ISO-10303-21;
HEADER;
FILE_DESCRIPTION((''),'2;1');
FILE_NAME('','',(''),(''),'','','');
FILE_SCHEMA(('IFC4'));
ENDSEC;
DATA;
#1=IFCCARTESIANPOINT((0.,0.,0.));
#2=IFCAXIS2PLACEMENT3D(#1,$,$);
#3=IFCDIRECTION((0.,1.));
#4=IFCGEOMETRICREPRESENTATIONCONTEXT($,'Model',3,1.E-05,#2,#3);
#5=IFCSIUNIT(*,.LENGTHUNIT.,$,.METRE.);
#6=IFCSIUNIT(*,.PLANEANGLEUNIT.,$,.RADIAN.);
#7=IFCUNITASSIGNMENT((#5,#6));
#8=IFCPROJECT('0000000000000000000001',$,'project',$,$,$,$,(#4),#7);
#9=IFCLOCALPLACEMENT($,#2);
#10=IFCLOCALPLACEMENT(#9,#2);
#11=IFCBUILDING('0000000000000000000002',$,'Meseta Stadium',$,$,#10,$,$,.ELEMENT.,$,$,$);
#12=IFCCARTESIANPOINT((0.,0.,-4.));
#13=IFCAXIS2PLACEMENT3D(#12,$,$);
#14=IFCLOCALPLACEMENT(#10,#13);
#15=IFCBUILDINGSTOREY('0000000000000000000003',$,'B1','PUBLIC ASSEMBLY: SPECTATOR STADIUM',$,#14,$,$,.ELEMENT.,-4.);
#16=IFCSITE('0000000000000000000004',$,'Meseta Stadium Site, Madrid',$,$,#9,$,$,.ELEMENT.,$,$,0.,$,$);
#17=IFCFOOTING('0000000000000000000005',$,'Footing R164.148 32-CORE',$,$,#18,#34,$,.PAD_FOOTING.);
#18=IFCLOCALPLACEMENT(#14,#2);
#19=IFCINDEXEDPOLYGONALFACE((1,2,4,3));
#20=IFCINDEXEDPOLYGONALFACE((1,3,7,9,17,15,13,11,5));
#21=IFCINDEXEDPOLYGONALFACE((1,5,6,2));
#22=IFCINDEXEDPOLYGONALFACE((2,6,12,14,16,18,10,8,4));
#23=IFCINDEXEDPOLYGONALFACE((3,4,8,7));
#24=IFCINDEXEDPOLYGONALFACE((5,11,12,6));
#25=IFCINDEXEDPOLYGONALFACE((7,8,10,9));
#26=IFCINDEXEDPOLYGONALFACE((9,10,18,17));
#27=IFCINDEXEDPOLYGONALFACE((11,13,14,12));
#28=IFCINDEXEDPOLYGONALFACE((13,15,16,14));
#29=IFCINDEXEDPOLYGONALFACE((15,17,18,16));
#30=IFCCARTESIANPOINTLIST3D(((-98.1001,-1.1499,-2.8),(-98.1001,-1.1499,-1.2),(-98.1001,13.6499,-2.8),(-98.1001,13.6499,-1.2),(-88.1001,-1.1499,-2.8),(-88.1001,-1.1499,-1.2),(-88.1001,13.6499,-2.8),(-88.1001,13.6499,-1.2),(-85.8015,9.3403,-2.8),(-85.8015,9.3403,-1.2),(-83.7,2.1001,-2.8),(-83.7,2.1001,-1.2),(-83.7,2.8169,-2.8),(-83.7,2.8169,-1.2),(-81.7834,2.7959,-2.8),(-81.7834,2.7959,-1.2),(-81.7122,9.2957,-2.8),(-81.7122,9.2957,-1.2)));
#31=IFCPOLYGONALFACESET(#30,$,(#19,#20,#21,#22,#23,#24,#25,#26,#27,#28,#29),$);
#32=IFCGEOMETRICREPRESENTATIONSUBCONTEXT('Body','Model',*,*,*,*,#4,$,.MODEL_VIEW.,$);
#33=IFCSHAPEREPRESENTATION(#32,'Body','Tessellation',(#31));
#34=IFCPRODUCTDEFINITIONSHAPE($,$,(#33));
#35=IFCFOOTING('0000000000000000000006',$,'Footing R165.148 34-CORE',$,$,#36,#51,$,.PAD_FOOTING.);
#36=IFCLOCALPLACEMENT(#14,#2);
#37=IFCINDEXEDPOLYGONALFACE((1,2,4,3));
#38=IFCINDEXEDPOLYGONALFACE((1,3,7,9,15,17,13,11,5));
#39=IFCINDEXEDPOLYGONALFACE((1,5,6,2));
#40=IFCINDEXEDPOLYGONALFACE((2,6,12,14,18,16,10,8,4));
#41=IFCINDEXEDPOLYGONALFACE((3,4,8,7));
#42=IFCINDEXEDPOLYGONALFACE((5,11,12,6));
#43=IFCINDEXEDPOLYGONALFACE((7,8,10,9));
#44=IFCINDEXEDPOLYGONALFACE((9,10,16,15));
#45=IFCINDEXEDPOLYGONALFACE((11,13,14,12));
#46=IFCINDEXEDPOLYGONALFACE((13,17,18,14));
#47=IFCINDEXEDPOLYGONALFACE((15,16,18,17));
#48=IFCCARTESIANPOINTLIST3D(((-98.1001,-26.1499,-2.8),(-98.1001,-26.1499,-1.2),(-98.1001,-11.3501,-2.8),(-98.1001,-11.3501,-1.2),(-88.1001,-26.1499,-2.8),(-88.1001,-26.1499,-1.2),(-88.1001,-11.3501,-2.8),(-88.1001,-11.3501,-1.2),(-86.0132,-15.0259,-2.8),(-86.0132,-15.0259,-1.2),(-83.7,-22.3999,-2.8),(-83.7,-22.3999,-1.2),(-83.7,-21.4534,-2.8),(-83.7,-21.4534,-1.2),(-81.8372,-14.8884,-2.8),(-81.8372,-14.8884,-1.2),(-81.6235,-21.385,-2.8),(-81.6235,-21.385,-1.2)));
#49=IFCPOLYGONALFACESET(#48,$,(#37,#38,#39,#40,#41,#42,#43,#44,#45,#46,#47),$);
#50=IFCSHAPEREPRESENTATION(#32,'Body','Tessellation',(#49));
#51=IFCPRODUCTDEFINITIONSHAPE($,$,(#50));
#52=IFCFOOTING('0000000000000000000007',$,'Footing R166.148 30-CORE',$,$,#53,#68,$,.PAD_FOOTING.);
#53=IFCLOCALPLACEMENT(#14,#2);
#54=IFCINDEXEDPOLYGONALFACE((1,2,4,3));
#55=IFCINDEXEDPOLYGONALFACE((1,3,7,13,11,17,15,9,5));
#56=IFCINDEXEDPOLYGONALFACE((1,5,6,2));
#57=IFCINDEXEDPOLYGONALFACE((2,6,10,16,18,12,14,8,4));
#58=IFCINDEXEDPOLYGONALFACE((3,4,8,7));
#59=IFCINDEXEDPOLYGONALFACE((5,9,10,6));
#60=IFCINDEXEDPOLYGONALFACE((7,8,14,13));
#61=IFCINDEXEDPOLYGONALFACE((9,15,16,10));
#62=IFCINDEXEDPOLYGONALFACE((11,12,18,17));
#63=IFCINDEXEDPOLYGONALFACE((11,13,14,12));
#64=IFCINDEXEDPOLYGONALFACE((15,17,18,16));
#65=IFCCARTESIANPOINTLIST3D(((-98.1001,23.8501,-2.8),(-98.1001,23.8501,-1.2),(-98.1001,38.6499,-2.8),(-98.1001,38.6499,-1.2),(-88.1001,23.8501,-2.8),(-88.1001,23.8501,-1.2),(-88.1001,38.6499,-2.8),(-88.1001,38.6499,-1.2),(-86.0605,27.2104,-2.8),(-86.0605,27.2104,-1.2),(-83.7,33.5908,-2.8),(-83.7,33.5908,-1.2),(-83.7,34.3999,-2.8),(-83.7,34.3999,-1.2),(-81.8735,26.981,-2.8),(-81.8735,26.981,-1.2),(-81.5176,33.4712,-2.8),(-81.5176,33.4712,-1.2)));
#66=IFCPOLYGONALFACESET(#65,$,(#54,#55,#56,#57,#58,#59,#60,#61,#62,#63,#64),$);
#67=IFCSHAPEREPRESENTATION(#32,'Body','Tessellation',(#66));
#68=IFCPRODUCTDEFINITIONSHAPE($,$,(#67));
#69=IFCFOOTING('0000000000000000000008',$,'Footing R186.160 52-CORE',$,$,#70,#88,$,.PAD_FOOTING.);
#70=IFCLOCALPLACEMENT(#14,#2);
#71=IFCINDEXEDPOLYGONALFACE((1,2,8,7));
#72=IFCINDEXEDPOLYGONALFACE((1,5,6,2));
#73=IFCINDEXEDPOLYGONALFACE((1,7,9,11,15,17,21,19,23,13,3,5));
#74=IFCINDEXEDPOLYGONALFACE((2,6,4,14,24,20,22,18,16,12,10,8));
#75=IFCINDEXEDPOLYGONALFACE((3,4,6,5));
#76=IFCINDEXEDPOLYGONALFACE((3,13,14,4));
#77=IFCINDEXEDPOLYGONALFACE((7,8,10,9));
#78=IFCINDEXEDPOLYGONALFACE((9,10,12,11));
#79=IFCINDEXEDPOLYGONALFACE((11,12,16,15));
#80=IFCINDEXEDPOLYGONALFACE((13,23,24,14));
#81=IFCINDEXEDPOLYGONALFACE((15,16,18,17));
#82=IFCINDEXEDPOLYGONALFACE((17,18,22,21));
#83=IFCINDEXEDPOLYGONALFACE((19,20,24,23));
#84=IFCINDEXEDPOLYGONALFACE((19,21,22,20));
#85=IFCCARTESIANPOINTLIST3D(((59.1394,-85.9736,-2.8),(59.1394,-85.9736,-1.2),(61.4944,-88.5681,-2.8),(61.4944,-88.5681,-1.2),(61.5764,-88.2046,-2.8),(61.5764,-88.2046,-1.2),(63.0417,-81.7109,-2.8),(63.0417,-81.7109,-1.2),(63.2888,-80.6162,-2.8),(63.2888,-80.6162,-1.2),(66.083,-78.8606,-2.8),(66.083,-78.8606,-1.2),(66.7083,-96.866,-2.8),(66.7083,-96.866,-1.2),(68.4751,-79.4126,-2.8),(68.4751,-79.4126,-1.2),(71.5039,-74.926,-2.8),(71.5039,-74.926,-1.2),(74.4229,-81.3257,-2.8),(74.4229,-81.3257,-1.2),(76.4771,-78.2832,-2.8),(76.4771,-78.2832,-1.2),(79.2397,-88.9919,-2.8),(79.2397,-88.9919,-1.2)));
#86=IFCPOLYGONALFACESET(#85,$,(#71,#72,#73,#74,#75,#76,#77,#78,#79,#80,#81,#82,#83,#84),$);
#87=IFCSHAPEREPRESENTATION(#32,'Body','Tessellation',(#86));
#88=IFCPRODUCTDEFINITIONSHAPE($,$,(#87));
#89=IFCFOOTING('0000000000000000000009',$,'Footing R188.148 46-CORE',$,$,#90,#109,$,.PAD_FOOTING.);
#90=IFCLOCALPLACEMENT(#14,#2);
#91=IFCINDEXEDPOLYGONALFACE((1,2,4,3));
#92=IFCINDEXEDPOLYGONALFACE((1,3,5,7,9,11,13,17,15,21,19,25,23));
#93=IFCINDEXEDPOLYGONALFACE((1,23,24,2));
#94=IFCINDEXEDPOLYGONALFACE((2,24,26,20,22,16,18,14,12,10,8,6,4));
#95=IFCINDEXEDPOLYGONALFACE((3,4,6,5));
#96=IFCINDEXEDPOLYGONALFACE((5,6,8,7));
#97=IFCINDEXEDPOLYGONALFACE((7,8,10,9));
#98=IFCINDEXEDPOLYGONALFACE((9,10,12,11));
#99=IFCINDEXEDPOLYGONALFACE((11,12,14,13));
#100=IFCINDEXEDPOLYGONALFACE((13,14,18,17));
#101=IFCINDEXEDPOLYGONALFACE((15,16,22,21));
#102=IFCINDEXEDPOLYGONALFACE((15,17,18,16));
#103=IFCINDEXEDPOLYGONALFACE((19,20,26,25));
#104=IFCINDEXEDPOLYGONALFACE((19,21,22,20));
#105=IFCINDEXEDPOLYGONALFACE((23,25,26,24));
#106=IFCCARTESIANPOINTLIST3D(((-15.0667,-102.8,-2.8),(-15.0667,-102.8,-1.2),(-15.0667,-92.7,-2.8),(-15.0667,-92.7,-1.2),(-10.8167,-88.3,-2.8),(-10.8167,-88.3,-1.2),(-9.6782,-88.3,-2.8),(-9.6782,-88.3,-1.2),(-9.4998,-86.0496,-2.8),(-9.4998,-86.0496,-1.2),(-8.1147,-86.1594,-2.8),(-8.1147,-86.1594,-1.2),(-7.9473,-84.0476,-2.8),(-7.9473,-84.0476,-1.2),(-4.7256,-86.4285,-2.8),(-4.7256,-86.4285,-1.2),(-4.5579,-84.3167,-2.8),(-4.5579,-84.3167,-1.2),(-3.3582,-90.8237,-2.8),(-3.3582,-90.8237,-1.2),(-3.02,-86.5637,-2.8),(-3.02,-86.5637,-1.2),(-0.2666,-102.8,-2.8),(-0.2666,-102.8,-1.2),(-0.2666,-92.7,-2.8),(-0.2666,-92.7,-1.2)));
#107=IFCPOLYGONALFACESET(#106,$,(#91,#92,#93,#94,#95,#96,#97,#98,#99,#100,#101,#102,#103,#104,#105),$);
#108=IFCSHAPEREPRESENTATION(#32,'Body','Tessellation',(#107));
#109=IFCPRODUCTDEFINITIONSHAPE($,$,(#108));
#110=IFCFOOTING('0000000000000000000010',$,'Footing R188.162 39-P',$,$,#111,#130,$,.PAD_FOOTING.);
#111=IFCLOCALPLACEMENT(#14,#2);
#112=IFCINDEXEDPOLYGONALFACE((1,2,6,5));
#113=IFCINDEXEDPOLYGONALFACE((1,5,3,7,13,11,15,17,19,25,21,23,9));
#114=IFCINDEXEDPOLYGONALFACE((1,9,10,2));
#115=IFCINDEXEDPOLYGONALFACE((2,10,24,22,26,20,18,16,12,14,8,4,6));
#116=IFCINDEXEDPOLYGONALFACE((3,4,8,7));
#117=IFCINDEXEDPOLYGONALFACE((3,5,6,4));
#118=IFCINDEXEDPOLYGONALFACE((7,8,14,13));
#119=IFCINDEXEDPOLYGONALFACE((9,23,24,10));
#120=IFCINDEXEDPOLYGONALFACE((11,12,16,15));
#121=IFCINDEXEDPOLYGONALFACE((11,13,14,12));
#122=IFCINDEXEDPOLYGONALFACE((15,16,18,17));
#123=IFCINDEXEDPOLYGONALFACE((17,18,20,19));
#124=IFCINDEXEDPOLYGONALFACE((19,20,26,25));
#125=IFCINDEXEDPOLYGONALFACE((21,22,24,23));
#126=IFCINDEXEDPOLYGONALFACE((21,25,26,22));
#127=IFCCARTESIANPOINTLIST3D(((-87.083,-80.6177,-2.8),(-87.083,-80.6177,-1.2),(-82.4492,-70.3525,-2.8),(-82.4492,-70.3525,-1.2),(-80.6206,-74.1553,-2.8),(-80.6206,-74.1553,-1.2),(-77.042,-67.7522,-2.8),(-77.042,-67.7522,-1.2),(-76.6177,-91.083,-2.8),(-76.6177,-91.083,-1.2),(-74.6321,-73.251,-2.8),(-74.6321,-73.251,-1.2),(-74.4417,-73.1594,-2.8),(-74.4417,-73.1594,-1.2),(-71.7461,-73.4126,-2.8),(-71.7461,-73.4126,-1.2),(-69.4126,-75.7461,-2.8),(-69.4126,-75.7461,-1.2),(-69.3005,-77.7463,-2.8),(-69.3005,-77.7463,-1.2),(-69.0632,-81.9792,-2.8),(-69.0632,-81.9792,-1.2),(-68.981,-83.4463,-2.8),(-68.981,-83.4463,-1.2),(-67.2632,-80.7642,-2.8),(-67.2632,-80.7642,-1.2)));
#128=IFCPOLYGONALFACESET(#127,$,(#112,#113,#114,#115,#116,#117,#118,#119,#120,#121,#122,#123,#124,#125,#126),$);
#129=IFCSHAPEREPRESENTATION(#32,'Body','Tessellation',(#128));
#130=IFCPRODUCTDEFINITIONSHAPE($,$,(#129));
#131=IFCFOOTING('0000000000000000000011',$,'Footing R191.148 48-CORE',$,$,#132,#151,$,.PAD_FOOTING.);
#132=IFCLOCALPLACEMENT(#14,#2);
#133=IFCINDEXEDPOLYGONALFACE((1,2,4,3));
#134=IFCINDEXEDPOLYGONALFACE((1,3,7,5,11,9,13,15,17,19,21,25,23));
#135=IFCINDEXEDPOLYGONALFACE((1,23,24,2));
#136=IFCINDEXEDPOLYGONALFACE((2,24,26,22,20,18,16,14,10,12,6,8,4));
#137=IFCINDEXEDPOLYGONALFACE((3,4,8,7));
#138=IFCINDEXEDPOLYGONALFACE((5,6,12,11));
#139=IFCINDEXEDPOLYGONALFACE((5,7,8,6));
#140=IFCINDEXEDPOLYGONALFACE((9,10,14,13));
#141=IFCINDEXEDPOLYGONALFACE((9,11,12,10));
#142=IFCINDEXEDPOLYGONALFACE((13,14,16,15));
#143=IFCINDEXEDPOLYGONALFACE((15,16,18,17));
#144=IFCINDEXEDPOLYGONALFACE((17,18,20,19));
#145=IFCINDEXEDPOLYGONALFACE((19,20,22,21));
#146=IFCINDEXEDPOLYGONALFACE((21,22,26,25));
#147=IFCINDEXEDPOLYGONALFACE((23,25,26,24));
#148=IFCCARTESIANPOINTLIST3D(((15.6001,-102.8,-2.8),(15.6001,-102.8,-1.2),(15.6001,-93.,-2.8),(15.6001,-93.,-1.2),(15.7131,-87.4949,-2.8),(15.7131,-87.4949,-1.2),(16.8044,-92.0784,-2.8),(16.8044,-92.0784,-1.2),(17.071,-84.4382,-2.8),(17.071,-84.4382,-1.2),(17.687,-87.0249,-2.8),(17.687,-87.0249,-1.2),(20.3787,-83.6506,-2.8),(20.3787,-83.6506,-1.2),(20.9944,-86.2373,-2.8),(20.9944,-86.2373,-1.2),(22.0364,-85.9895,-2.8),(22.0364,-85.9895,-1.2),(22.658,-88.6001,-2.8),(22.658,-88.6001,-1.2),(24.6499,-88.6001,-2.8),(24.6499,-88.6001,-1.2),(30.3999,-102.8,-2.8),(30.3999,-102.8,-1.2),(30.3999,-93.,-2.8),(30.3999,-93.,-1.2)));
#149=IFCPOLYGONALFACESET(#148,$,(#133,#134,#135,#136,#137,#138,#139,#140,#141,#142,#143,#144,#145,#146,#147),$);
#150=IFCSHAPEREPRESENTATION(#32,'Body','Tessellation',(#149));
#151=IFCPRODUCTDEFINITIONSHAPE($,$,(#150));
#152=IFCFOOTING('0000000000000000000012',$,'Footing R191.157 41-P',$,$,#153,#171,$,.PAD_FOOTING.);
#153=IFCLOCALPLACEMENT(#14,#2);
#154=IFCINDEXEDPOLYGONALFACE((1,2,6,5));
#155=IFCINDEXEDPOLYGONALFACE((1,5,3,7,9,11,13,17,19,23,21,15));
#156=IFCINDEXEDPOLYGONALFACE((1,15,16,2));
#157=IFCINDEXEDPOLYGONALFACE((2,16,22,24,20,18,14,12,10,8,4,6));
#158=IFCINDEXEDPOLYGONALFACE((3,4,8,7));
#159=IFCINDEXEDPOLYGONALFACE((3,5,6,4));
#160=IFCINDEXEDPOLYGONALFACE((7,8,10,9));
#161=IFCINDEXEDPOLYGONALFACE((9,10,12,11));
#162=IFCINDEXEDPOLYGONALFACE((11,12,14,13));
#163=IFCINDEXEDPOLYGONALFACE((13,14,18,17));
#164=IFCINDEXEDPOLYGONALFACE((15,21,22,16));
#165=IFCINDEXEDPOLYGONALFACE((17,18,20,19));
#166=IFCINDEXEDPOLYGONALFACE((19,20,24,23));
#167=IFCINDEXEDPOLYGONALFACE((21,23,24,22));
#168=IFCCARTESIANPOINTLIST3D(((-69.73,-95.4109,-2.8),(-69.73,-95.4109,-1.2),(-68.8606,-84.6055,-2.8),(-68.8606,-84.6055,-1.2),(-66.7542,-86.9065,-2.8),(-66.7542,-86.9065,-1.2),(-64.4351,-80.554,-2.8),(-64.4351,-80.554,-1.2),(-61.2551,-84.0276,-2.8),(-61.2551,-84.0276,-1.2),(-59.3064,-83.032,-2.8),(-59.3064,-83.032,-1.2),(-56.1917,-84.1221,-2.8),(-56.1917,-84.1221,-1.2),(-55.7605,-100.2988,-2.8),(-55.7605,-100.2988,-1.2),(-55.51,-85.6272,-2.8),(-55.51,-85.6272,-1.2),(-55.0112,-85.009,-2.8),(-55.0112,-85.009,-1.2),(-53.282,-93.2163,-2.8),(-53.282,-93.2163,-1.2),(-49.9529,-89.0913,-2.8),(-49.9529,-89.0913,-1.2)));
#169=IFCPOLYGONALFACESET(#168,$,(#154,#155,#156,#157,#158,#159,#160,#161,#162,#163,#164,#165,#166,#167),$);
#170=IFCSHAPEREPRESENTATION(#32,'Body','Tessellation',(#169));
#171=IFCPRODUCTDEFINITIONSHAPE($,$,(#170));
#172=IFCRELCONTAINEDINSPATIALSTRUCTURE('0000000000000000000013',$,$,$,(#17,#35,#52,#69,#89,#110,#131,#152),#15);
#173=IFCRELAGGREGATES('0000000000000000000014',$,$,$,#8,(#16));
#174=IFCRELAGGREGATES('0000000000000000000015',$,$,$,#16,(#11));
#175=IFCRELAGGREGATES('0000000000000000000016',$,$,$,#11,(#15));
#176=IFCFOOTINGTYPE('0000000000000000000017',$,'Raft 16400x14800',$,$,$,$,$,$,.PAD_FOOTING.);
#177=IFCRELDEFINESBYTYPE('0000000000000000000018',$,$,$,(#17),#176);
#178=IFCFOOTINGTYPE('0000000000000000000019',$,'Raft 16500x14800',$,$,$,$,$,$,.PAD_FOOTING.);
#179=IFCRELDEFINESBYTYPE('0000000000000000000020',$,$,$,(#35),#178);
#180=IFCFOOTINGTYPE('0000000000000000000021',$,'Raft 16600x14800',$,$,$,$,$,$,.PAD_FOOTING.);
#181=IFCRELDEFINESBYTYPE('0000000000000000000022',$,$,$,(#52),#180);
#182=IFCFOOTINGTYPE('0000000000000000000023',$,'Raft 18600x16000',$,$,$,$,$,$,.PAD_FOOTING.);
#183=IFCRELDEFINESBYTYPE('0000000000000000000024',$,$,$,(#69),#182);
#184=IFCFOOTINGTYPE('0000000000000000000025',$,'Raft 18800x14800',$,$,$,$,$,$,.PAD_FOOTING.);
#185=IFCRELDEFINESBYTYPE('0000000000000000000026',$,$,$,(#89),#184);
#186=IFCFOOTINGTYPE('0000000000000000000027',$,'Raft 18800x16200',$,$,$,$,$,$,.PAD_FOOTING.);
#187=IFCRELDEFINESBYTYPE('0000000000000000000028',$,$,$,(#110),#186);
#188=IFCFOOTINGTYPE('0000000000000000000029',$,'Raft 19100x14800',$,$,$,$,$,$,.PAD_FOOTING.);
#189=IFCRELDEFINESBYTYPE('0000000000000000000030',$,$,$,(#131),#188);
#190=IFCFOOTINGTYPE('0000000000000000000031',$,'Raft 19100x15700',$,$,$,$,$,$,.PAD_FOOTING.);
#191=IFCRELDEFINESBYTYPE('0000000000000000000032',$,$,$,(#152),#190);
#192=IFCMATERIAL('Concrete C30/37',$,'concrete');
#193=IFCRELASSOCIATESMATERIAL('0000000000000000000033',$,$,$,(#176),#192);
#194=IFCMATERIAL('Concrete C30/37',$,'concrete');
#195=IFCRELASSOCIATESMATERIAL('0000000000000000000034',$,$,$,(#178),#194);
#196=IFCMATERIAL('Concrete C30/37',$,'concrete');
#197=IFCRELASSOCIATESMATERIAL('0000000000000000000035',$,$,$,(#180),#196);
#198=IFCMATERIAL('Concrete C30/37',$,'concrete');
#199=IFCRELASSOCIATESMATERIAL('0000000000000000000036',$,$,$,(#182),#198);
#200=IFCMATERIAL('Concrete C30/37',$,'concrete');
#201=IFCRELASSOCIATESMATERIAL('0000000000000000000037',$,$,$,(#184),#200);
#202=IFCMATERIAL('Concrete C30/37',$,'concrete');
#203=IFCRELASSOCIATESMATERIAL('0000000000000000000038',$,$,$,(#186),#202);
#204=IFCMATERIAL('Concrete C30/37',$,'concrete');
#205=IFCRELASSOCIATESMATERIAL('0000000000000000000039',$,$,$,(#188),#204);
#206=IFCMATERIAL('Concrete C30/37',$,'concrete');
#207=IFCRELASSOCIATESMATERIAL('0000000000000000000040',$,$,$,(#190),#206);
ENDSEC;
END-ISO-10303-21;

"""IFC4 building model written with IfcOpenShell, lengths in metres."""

from ifc_helpers import new_model, si_unit, direction, frame, origin, place, context, subcontext, project, spatial, polyline, outline, extrude, material, type_object, element, save


model = new_model("IFC4")

# Units and contexts
model_context = context("Model", 3, precision=1e-05, world=origin(), true_north=direction((0.0, 1.0)))
body_context = subcontext(model_context, "Body", "Model", "MODEL_VIEW")
ifc_project = project(units=[si_unit("LENGTHUNIT", "METRE"), si_unit("PLANEANGLEUNIT", "RADIAN")], contexts=[model_context])

# Site, building, storey
site_placement = place(None, origin())
site = spatial("IfcSite", under=ifc_project, at=site_placement, Name="Meseta Stadium Site, Madrid", CompositionType="ELEMENT", RefElevation=0.0)
building_placement = place(site_placement, origin())
building = spatial("IfcBuilding", under=site, at=building_placement, Name="Meseta Stadium", CompositionType="ELEMENT")
storey_placement = place(building_placement, frame((0.0, 0.0, -4.0)))
storey = spatial("IfcBuildingStorey", under=building, at=storey_placement, Name="B1", Description="PUBLIC ASSEMBLY: SPECTATOR STADIUM", CompositionType="ELEMENT", Elevation=-4.0)

# Footings
ifc_material_1 = material(Name="Concrete C30/37", Category="concrete")
footing_type_1 = type_object("IfcFootingType", Name="Raft 16400x14800", PredefinedType="PAD_FOOTING", material=ifc_material_1)
footing_1_placement = place(storey_placement, frame((0.0, 0.0, -2.8)))
element("IfcFooting", 1, at=footing_1_placement, inside=storey, type_object=footing_type_1, Name="Footing R164.148 32-CORE", PredefinedType="PAD_FOOTING", context=body_context, shape_type="SweptSolid", body=[
    extrude(outline(polyline([(-85.8015, 9.3403), (-88.1001, 13.6499), (-98.1001, 13.6499), (-98.1001, -1.1499), (-88.1001, -1.1499), (-83.7, 2.1001), (-83.7, 2.8169), (-81.7834, 2.7959), (-81.7122, 9.2957), (-85.8015, 9.3403)])), origin(), (0.0, 0.0, 1.0), 1.6001),
])
ifc_material_2 = material(Name="Concrete C30/37", Category="concrete")
footing_type_2 = type_object("IfcFootingType", Name="Raft 16500x14800", PredefinedType="PAD_FOOTING", material=ifc_material_2)
footing_2_placement = place(storey_placement, frame((0.0, 0.0, -2.8)))
element("IfcFooting", 2, at=footing_2_placement, inside=storey, type_object=footing_type_2, Name="Footing R165.148 34-CORE", PredefinedType="PAD_FOOTING", context=body_context, shape_type="SweptSolid", body=[
    extrude(outline(polyline([(-98.1001, -26.1499), (-88.1001, -26.1499), (-83.7, -22.3999), (-83.7, -21.4534), (-81.6235, -21.385), (-81.8372, -14.8884), (-86.0132, -15.0259), (-88.1001, -11.3501), (-98.1001, -11.3501), (-98.1001, -26.1499)])), origin(), (0.0, 0.0, 1.0), 1.6001),
])
ifc_material_3 = material(Name="Concrete C30/37", Category="concrete")
footing_type_3 = type_object("IfcFootingType", Name="Raft 16600x14800", PredefinedType="PAD_FOOTING", material=ifc_material_3)
footing_3_placement = place(storey_placement, frame((0.0, 0.0, -2.8)))
element("IfcFooting", 3, at=footing_3_placement, inside=storey, type_object=footing_type_3, Name="Footing R166.148 30-CORE", PredefinedType="PAD_FOOTING", context=body_context, shape_type="SweptSolid", body=[
    extrude(outline(polyline([(-83.7, 33.5908), (-83.7, 34.3999), (-88.1001, 38.6499), (-98.1001, 38.6499), (-98.1001, 23.8501), (-88.1001, 23.8501), (-86.0605, 27.2104), (-81.8735, 26.981), (-81.5176, 33.4712), (-83.7, 33.5908)])), origin(), (0.0, 0.0, 1.0), 1.6001),
])
ifc_material_4 = material(Name="Concrete C30/37", Category="concrete")
footing_type_4 = type_object("IfcFootingType", Name="Raft 18600x16000", PredefinedType="PAD_FOOTING", material=ifc_material_4)
footing_4_placement = place(storey_placement, frame((0.0, 0.0, -2.8)))
element("IfcFooting", 4, at=footing_4_placement, inside=storey, type_object=footing_type_4, Name="Footing R186.160 52-CORE", PredefinedType="PAD_FOOTING", context=body_context, shape_type="SweptSolid", body=[
    extrude(outline(polyline([(66.7083, -96.866), (79.2397, -88.9919), (74.4229, -81.3257), (76.4771, -78.2832), (71.5039, -74.926), (68.4751, -79.4126), (66.083, -78.8606), (63.2888, -80.6162), (63.0417, -81.7109), (59.1394, -85.9736), (61.5764, -88.2046), (61.4944, -88.5681), (66.7083, -96.866)])), origin(), (0.0, 0.0, 1.0), 1.6001),
])
ifc_material_5 = material(Name="Concrete C30/37", Category="concrete")
footing_type_5 = type_object("IfcFootingType", Name="Raft 18800x14800", PredefinedType="PAD_FOOTING", material=ifc_material_5)
footing_5_placement = place(storey_placement, frame((0.0, 0.0, -2.8)))
element("IfcFooting", 5, at=footing_5_placement, inside=storey, type_object=footing_type_5, Name="Footing R188.148 46-CORE", PredefinedType="PAD_FOOTING", context=body_context, shape_type="SweptSolid", body=[
    extrude(outline(polyline([(-15.0667, -102.8), (-0.2666, -102.8), (-0.2666, -92.7), (-3.3582, -90.8237), (-3.02, -86.5637), (-4.7256, -86.4285), (-4.5579, -84.3167), (-7.9473, -84.0476), (-8.1147, -86.1594), (-9.4998, -86.0496), (-9.6782, -88.3), (-10.8167, -88.3), (-15.0667, -92.7), (-15.0667, -102.8)])), origin(), (0.0, 0.0, 1.0), 1.6001),
])
ifc_material_6 = material(Name="Concrete C30/37", Category="concrete")
footing_type_6 = type_object("IfcFootingType", Name="Raft 18800x16200", PredefinedType="PAD_FOOTING", material=ifc_material_6)
footing_6_placement = place(storey_placement, frame((0.0, 0.0, -2.8)))
element("IfcFooting", 6, at=footing_6_placement, inside=storey, type_object=footing_type_6, Name="Footing R188.162 39-P", PredefinedType="PAD_FOOTING", context=body_context, shape_type="SweptSolid", body=[
    extrude(outline(polyline([(-76.6177, -91.083), (-68.981, -83.4463), (-69.0632, -81.9792), (-67.2632, -80.7642), (-69.3005, -77.7463), (-69.4126, -75.7461), (-71.7461, -73.4126), (-74.6321, -73.251), (-74.4417, -73.1594), (-77.042, -67.7522), (-82.4492, -70.3525), (-80.6206, -74.1553), (-87.083, -80.6177), (-76.6177, -91.083)])), origin(), (0.0, 0.0, 1.0), 1.6001),
])
ifc_material_7 = material(Name="Concrete C30/37", Category="concrete")
footing_type_7 = type_object("IfcFootingType", Name="Raft 19100x14800", PredefinedType="PAD_FOOTING", material=ifc_material_7)
footing_7_placement = place(storey_placement, frame((0.0, 0.0, -2.8)))
element("IfcFooting", 7, at=footing_7_placement, inside=storey, type_object=footing_type_7, Name="Footing R191.148 48-CORE", PredefinedType="PAD_FOOTING", context=body_context, shape_type="SweptSolid", body=[
    extrude(outline(polyline([(15.6001, -102.8), (30.3999, -102.8), (30.3999, -93.0), (24.6499, -88.6001), (22.658, -88.6001), (22.0364, -85.9895), (20.9944, -86.2373), (20.3787, -83.6506), (17.071, -84.4382), (17.687, -87.0249), (15.7131, -87.4949), (16.8044, -92.0784), (15.6001, -93.0), (15.6001, -102.8)])), origin(), (0.0, 0.0, 1.0), 1.6001),
])
ifc_material_8 = material(Name="Concrete C30/37", Category="concrete")
footing_type_8 = type_object("IfcFootingType", Name="Raft 19100x15700", PredefinedType="PAD_FOOTING", material=ifc_material_8)
footing_8_placement = place(storey_placement, frame((0.0, 0.0, -2.8)))
element("IfcFooting", 8, at=footing_8_placement, inside=storey, type_object=footing_type_8, Name="Footing R191.157 41-P", PredefinedType="PAD_FOOTING", context=body_context, shape_type="SweptSolid", body=[
    extrude(outline(polyline([(-55.7605, -100.2988), (-53.282, -93.2163), (-49.9529, -89.0913), (-55.0112, -85.009), (-55.51, -85.6272), (-56.1917, -84.1221), (-59.3064, -83.032), (-61.2551, -84.0276), (-64.4351, -80.554), (-68.8606, -84.6055), (-66.7542, -86.9065), (-69.73, -95.4109), (-55.7605, -100.2988)])), origin(), (0.0, 0.0, 1.0), 1.6001),
])

save(model, "model.ifc")
